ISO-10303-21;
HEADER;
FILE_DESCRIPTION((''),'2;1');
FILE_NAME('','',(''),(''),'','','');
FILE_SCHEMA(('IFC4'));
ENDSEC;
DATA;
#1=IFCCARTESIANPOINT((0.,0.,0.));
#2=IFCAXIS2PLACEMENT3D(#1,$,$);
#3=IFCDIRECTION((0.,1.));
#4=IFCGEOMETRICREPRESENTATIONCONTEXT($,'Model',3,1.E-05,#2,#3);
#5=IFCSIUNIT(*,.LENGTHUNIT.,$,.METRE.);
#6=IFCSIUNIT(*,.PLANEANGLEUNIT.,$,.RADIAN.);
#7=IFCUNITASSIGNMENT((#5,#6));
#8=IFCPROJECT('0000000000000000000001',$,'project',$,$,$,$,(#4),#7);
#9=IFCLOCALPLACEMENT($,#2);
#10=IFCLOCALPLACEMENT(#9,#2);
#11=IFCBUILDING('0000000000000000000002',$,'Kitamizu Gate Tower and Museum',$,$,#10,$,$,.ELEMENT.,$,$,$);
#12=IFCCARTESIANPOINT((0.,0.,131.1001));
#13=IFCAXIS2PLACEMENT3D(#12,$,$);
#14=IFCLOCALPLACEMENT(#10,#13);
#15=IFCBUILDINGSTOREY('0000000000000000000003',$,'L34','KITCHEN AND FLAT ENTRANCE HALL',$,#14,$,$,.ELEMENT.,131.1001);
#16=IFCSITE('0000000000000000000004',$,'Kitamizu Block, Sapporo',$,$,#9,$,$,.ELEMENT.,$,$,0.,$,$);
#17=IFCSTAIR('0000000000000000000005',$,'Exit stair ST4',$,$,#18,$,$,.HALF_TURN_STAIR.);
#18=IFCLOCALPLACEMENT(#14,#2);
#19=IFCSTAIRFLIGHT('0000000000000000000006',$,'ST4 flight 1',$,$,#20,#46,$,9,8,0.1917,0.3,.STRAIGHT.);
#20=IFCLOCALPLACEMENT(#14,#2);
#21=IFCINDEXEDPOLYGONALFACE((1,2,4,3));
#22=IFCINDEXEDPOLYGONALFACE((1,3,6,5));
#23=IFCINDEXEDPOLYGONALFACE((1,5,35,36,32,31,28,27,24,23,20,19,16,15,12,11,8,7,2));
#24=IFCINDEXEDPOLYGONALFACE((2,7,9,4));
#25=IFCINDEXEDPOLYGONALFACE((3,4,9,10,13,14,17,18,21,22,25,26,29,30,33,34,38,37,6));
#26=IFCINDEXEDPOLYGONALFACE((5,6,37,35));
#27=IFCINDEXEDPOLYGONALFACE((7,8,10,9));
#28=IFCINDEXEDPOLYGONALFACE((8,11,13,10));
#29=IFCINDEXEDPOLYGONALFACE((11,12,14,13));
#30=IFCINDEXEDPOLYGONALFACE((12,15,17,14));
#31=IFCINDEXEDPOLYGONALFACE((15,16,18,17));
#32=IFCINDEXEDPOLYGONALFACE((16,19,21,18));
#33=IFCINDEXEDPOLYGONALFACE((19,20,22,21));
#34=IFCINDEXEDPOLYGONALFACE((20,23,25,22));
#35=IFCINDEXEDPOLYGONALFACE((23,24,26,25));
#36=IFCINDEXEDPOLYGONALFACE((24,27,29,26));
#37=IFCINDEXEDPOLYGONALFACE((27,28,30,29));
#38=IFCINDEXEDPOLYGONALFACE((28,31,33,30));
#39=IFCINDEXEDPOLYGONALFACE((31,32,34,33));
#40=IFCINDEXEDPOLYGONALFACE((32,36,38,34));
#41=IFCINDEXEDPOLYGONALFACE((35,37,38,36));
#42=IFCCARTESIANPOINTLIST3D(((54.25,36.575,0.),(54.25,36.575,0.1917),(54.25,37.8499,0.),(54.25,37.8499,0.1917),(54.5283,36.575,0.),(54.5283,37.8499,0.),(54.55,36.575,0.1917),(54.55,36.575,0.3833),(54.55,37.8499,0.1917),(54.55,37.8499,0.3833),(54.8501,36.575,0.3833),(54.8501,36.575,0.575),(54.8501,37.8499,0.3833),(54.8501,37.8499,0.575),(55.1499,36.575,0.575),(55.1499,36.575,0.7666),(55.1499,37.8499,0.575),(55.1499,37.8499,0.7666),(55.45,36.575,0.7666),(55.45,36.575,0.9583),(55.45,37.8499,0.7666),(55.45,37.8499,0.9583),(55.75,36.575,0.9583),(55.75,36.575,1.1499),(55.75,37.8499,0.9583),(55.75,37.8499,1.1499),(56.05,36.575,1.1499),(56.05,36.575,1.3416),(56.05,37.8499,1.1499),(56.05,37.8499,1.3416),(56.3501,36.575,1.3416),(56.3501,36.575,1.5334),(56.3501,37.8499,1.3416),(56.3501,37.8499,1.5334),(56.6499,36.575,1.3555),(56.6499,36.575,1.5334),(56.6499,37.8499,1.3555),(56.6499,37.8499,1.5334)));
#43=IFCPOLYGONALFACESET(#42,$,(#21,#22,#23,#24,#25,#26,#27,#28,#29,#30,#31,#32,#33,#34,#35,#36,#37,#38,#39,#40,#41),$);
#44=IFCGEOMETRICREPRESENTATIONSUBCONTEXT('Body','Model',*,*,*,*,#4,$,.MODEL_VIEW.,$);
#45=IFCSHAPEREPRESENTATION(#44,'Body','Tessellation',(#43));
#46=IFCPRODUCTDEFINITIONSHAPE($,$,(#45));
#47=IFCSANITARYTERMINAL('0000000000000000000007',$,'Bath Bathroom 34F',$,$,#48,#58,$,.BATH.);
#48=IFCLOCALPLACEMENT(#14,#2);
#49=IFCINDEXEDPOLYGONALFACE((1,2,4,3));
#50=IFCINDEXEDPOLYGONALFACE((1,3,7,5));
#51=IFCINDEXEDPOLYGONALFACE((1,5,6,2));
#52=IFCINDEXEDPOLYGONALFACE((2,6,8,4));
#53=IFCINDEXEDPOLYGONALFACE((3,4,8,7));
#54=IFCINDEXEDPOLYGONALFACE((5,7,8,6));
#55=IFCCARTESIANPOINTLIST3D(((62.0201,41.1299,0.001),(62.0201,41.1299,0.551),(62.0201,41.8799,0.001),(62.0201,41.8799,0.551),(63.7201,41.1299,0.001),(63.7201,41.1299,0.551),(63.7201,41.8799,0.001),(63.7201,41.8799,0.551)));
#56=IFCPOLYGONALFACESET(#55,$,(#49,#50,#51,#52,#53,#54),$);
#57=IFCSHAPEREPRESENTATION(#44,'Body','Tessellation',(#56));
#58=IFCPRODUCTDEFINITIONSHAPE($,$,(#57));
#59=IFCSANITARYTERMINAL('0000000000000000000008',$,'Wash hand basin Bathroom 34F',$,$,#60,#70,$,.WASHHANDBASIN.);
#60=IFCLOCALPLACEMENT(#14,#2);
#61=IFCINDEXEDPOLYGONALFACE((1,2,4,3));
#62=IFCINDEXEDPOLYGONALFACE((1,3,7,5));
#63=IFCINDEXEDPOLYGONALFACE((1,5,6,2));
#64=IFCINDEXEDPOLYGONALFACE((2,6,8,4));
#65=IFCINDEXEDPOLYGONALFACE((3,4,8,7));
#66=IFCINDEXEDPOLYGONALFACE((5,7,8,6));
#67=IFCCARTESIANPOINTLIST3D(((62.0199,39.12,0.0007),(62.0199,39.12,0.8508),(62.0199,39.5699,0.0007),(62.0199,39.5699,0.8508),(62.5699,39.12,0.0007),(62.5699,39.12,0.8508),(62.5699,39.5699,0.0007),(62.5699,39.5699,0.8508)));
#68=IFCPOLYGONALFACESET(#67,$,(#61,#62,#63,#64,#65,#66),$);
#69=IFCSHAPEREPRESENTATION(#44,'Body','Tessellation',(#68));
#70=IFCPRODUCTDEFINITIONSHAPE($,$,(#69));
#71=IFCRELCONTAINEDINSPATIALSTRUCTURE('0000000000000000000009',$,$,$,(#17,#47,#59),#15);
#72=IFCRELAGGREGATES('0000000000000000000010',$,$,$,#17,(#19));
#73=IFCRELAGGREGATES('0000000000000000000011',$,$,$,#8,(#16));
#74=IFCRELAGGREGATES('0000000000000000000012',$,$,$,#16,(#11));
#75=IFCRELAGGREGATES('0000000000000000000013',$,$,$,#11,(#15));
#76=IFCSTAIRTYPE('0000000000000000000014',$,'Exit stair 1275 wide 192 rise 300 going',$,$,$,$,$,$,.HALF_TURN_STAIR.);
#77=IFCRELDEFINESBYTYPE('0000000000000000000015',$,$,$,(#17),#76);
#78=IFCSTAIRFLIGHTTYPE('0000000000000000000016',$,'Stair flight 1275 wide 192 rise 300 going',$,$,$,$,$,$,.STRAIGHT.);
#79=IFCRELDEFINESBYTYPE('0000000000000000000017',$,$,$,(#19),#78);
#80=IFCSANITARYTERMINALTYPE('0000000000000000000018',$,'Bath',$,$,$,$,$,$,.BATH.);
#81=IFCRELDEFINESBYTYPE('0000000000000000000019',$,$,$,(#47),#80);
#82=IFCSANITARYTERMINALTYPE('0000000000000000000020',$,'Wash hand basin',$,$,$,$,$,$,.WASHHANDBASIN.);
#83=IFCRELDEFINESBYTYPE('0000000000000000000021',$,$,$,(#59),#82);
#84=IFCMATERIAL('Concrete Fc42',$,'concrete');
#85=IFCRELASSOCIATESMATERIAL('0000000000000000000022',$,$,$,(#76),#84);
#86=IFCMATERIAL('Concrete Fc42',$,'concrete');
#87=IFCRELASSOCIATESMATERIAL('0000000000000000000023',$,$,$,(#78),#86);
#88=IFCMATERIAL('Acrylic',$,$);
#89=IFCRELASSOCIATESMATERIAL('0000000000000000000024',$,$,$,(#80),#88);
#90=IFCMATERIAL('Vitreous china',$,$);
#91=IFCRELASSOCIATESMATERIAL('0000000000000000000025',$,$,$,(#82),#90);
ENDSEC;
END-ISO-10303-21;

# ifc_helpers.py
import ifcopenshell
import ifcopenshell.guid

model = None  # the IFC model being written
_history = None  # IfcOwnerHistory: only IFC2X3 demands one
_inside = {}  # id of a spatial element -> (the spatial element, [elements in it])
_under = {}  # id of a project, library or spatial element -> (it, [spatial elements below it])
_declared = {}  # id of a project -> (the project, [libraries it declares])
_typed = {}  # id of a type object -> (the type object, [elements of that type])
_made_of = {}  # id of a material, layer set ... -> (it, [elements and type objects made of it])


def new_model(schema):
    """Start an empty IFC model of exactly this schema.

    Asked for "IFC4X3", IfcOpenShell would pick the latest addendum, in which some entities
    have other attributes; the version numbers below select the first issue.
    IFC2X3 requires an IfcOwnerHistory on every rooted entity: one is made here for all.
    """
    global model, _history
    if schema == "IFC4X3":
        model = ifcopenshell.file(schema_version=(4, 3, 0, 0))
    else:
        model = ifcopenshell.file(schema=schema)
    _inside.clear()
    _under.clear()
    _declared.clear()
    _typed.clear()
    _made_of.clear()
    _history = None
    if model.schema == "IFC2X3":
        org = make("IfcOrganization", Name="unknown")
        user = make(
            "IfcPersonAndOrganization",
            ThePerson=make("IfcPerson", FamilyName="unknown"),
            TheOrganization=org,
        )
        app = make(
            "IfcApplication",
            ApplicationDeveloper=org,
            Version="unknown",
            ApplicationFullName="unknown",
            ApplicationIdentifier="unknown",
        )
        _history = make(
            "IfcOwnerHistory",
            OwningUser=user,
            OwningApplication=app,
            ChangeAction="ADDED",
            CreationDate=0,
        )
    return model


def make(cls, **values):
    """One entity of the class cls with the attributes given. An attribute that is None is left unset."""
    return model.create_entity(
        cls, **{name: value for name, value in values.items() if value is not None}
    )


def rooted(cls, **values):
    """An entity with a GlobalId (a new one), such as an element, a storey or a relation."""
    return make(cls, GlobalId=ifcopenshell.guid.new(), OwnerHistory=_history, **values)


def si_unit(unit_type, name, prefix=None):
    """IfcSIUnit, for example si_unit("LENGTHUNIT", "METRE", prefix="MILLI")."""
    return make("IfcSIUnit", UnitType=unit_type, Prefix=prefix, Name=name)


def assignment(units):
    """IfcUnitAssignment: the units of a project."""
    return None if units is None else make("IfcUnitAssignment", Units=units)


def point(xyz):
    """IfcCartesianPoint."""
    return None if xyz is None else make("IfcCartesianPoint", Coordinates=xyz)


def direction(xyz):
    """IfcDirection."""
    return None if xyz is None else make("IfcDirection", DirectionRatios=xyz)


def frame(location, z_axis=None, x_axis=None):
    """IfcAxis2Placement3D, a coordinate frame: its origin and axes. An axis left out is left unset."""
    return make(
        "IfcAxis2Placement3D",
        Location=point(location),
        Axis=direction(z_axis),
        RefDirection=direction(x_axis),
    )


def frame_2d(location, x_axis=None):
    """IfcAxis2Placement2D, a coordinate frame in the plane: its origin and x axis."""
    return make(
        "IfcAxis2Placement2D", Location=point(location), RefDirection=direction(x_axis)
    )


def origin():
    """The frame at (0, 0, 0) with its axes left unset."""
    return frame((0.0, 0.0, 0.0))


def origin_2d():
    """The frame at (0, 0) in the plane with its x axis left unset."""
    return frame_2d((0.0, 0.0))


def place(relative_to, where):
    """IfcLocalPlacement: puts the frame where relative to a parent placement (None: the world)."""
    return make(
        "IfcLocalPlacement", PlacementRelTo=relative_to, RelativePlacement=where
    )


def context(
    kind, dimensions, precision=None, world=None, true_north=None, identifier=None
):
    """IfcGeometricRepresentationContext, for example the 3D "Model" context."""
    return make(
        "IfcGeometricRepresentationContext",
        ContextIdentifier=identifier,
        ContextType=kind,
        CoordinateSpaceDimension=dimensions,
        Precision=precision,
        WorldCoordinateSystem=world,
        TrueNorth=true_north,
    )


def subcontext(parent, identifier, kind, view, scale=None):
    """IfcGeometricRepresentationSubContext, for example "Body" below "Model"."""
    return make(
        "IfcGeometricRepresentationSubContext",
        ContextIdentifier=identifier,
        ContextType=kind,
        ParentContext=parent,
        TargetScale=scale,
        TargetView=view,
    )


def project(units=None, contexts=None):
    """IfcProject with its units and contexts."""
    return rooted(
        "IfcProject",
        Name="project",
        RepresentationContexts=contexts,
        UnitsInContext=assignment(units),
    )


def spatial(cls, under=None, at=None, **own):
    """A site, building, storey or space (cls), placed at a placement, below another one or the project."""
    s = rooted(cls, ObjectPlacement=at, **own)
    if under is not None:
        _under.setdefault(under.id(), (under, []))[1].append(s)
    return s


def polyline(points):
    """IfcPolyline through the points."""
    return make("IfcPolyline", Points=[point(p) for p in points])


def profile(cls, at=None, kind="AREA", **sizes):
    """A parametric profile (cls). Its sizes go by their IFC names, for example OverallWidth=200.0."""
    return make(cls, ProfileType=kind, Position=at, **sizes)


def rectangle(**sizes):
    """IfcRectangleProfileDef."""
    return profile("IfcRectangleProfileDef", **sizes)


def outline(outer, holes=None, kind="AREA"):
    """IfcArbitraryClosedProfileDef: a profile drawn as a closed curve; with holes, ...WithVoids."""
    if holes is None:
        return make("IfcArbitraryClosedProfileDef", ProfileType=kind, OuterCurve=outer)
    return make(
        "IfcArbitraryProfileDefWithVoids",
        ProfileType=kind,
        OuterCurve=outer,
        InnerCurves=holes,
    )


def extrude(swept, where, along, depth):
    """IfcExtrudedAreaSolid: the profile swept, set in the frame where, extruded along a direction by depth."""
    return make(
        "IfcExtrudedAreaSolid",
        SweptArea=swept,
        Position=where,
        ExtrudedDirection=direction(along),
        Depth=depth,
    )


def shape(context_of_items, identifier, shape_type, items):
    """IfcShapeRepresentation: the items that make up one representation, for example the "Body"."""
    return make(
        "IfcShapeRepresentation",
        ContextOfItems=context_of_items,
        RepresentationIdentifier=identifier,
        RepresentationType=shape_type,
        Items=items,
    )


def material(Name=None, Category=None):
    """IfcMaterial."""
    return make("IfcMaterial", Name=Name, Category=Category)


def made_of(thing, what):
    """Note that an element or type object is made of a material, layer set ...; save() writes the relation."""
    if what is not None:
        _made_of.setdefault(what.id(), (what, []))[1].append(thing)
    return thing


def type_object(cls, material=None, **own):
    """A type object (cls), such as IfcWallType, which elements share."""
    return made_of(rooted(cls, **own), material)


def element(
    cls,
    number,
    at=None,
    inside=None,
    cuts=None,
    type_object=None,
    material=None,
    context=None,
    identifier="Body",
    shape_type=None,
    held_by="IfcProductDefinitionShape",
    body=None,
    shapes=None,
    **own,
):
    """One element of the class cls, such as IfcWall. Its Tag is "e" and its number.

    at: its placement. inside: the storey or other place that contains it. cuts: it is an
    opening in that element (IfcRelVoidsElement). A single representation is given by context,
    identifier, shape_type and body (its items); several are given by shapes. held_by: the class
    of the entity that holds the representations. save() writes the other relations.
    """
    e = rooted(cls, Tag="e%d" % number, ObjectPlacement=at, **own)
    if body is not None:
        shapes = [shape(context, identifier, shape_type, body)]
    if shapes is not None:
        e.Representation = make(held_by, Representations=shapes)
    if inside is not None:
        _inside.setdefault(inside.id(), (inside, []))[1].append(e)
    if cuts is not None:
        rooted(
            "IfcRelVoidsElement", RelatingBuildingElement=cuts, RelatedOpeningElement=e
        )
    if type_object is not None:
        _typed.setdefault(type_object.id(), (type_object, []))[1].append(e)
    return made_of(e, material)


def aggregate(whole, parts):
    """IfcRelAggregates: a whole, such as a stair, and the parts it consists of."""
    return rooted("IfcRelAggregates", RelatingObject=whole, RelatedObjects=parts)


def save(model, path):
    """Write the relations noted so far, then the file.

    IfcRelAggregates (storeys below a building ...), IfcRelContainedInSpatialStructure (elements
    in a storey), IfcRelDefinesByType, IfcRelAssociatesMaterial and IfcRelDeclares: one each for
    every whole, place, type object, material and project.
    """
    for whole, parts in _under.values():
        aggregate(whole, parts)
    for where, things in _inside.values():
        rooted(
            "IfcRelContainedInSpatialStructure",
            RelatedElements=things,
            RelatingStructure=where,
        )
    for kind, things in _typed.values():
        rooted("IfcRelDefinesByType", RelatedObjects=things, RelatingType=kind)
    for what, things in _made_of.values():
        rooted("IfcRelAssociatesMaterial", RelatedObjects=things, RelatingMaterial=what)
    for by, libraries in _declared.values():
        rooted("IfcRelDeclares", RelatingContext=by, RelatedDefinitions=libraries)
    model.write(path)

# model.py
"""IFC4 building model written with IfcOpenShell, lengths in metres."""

from ifc_helpers import new_model, si_unit, direction, frame, origin, origin_2d, place, context, subcontext, project, spatial, polyline, rectangle, outline, extrude, material, type_object, element, aggregate, save


model = new_model("IFC4")

# Units and contexts
model_context = context("Model", 3, precision=1e-05, world=origin(), true_north=direction((0.0, 1.0)))
body_context = subcontext(model_context, "Body", "Model", "MODEL_VIEW")
ifc_project = project(units=[si_unit("LENGTHUNIT", "METRE"), si_unit("PLANEANGLEUNIT", "RADIAN")], contexts=[model_context])

# Site, building, storey
site_placement = place(None, origin())
site = spatial("IfcSite", under=ifc_project, at=site_placement, Name="Kitamizu Block, Sapporo", CompositionType="ELEMENT", RefElevation=0.0)
building_placement = place(site_placement, origin())
building = spatial("IfcBuilding", under=site, at=building_placement, Name="Kitamizu Gate Tower and Museum", CompositionType="ELEMENT")
storey_placement = place(building_placement, frame((0.0, 0.0, 131.1001)))
storey = spatial("IfcBuildingStorey", under=building, at=storey_placement, Name="L34", Description="KITCHEN AND FLAT ENTRANCE HALL", CompositionType="ELEMENT", Elevation=131.1001)

# Stair, stair flight
ifc_material_1 = material(Name="Concrete Fc42", Category="concrete")
stair_type = type_object("IfcStairType", Name="Exit stair 1275 wide 192 rise 300 going", PredefinedType="HALF_TURN_STAIR", material=ifc_material_1)
stair_placement = place(storey_placement, origin())
stair = element("IfcStair", 1, at=stair_placement, inside=storey, type_object=stair_type, Name="Exit stair ST4", PredefinedType="HALF_TURN_STAIR")
ifc_material_2 = material(Name="Concrete Fc42", Category="concrete")
stair_flight_type = type_object("IfcStairFlightType", Name="Stair flight 1275 wide 192 rise 300 going", PredefinedType="STRAIGHT", material=ifc_material_2)
stair_flight_placement = place(storey_placement, frame((54.25, 37.2124, 0.0), z_axis=(0.0, 0.0, 1.0), x_axis=(1.0, 0.0, 0.0)))
stair_flight = element("IfcStairFlight", 2, at=stair_flight_placement, type_object=stair_flight_type, Name="ST4 flight 1", NumberOfRisers=9, NumberOfTreads=8, PredefinedType="STRAIGHT", RiserHeight=0.1917, TreadLength=0.3, context=body_context, shape_type="SweptSolid", body=[
    extrude(outline(polyline([(0.0, 0.0), (0.0, 0.1917), (0.3, 0.1917), (0.3, 0.3833), (0.6001, 0.3833), (0.6001, 0.575), (0.8999, 0.575), (0.8999, 0.7666), (1.2, 0.7666), (1.2, 0.9583), (1.5, 0.9583), (1.5, 1.1499), (1.8, 1.1499), (1.8, 1.3416), (2.1001, 1.3416), (2.1001, 1.5334), (2.3999, 1.5334), (2.3999, 1.7251), (2.3999, 1.3555), (0.2783, 0.0), (0.0, 0.0)])), frame((0.0, 0.6375, 0.0), z_axis=(0.0, -1.0, 0.0), x_axis=(1.0, 0.0, 0.0)), (0.0, 0.0, 1.0), 1.2749),
])
aggregate(stair, [stair_flight])

# Sanitary terminals
ifc_material_3 = material(Name="Acrylic")
sanitary_terminal_type_1 = type_object("IfcSanitaryTerminalType", Name="Bath", PredefinedType="BATH", material=ifc_material_3)
sanitary_terminal_1_placement = place(storey_placement, frame((62.8701, 41.5049, 0.001), z_axis=(0.0, 0.0, 1.0), x_axis=(1.0, 0.0, 0.0)))
element("IfcSanitaryTerminal", 3, at=sanitary_terminal_1_placement, inside=storey, type_object=sanitary_terminal_type_1, Name="Bath Bathroom 34F", PredefinedType="BATH", context=body_context, shape_type="SweptSolid", body=[
    extrude(rectangle(XDim=1.7, YDim=0.75, at=origin_2d()), origin(), (0.0, 0.0, 1.0), 0.55),
])
ifc_material_4 = material(Name="Vitreous china")
sanitary_terminal_type_2 = type_object("IfcSanitaryTerminalType", Name="Wash hand basin", PredefinedType="WASHHANDBASIN", material=ifc_material_4)
sanitary_terminal_2_placement = place(storey_placement, frame((62.2949, 39.345, 0.0007), z_axis=(0.0, 0.0, 1.0), x_axis=(1.0, 0.0, 0.0)))
element("IfcSanitaryTerminal", 4, at=sanitary_terminal_2_placement, inside=storey, type_object=sanitary_terminal_type_2, Name="Wash hand basin Bathroom 34F", PredefinedType="WASHHANDBASIN", context=body_context, shape_type="SweptSolid", body=[
    extrude(rectangle(XDim=0.55, YDim=0.45, at=origin_2d()), origin(), (0.0, 0.0, 1.0), 0.8501),
])

save(model, "model.ifc")
